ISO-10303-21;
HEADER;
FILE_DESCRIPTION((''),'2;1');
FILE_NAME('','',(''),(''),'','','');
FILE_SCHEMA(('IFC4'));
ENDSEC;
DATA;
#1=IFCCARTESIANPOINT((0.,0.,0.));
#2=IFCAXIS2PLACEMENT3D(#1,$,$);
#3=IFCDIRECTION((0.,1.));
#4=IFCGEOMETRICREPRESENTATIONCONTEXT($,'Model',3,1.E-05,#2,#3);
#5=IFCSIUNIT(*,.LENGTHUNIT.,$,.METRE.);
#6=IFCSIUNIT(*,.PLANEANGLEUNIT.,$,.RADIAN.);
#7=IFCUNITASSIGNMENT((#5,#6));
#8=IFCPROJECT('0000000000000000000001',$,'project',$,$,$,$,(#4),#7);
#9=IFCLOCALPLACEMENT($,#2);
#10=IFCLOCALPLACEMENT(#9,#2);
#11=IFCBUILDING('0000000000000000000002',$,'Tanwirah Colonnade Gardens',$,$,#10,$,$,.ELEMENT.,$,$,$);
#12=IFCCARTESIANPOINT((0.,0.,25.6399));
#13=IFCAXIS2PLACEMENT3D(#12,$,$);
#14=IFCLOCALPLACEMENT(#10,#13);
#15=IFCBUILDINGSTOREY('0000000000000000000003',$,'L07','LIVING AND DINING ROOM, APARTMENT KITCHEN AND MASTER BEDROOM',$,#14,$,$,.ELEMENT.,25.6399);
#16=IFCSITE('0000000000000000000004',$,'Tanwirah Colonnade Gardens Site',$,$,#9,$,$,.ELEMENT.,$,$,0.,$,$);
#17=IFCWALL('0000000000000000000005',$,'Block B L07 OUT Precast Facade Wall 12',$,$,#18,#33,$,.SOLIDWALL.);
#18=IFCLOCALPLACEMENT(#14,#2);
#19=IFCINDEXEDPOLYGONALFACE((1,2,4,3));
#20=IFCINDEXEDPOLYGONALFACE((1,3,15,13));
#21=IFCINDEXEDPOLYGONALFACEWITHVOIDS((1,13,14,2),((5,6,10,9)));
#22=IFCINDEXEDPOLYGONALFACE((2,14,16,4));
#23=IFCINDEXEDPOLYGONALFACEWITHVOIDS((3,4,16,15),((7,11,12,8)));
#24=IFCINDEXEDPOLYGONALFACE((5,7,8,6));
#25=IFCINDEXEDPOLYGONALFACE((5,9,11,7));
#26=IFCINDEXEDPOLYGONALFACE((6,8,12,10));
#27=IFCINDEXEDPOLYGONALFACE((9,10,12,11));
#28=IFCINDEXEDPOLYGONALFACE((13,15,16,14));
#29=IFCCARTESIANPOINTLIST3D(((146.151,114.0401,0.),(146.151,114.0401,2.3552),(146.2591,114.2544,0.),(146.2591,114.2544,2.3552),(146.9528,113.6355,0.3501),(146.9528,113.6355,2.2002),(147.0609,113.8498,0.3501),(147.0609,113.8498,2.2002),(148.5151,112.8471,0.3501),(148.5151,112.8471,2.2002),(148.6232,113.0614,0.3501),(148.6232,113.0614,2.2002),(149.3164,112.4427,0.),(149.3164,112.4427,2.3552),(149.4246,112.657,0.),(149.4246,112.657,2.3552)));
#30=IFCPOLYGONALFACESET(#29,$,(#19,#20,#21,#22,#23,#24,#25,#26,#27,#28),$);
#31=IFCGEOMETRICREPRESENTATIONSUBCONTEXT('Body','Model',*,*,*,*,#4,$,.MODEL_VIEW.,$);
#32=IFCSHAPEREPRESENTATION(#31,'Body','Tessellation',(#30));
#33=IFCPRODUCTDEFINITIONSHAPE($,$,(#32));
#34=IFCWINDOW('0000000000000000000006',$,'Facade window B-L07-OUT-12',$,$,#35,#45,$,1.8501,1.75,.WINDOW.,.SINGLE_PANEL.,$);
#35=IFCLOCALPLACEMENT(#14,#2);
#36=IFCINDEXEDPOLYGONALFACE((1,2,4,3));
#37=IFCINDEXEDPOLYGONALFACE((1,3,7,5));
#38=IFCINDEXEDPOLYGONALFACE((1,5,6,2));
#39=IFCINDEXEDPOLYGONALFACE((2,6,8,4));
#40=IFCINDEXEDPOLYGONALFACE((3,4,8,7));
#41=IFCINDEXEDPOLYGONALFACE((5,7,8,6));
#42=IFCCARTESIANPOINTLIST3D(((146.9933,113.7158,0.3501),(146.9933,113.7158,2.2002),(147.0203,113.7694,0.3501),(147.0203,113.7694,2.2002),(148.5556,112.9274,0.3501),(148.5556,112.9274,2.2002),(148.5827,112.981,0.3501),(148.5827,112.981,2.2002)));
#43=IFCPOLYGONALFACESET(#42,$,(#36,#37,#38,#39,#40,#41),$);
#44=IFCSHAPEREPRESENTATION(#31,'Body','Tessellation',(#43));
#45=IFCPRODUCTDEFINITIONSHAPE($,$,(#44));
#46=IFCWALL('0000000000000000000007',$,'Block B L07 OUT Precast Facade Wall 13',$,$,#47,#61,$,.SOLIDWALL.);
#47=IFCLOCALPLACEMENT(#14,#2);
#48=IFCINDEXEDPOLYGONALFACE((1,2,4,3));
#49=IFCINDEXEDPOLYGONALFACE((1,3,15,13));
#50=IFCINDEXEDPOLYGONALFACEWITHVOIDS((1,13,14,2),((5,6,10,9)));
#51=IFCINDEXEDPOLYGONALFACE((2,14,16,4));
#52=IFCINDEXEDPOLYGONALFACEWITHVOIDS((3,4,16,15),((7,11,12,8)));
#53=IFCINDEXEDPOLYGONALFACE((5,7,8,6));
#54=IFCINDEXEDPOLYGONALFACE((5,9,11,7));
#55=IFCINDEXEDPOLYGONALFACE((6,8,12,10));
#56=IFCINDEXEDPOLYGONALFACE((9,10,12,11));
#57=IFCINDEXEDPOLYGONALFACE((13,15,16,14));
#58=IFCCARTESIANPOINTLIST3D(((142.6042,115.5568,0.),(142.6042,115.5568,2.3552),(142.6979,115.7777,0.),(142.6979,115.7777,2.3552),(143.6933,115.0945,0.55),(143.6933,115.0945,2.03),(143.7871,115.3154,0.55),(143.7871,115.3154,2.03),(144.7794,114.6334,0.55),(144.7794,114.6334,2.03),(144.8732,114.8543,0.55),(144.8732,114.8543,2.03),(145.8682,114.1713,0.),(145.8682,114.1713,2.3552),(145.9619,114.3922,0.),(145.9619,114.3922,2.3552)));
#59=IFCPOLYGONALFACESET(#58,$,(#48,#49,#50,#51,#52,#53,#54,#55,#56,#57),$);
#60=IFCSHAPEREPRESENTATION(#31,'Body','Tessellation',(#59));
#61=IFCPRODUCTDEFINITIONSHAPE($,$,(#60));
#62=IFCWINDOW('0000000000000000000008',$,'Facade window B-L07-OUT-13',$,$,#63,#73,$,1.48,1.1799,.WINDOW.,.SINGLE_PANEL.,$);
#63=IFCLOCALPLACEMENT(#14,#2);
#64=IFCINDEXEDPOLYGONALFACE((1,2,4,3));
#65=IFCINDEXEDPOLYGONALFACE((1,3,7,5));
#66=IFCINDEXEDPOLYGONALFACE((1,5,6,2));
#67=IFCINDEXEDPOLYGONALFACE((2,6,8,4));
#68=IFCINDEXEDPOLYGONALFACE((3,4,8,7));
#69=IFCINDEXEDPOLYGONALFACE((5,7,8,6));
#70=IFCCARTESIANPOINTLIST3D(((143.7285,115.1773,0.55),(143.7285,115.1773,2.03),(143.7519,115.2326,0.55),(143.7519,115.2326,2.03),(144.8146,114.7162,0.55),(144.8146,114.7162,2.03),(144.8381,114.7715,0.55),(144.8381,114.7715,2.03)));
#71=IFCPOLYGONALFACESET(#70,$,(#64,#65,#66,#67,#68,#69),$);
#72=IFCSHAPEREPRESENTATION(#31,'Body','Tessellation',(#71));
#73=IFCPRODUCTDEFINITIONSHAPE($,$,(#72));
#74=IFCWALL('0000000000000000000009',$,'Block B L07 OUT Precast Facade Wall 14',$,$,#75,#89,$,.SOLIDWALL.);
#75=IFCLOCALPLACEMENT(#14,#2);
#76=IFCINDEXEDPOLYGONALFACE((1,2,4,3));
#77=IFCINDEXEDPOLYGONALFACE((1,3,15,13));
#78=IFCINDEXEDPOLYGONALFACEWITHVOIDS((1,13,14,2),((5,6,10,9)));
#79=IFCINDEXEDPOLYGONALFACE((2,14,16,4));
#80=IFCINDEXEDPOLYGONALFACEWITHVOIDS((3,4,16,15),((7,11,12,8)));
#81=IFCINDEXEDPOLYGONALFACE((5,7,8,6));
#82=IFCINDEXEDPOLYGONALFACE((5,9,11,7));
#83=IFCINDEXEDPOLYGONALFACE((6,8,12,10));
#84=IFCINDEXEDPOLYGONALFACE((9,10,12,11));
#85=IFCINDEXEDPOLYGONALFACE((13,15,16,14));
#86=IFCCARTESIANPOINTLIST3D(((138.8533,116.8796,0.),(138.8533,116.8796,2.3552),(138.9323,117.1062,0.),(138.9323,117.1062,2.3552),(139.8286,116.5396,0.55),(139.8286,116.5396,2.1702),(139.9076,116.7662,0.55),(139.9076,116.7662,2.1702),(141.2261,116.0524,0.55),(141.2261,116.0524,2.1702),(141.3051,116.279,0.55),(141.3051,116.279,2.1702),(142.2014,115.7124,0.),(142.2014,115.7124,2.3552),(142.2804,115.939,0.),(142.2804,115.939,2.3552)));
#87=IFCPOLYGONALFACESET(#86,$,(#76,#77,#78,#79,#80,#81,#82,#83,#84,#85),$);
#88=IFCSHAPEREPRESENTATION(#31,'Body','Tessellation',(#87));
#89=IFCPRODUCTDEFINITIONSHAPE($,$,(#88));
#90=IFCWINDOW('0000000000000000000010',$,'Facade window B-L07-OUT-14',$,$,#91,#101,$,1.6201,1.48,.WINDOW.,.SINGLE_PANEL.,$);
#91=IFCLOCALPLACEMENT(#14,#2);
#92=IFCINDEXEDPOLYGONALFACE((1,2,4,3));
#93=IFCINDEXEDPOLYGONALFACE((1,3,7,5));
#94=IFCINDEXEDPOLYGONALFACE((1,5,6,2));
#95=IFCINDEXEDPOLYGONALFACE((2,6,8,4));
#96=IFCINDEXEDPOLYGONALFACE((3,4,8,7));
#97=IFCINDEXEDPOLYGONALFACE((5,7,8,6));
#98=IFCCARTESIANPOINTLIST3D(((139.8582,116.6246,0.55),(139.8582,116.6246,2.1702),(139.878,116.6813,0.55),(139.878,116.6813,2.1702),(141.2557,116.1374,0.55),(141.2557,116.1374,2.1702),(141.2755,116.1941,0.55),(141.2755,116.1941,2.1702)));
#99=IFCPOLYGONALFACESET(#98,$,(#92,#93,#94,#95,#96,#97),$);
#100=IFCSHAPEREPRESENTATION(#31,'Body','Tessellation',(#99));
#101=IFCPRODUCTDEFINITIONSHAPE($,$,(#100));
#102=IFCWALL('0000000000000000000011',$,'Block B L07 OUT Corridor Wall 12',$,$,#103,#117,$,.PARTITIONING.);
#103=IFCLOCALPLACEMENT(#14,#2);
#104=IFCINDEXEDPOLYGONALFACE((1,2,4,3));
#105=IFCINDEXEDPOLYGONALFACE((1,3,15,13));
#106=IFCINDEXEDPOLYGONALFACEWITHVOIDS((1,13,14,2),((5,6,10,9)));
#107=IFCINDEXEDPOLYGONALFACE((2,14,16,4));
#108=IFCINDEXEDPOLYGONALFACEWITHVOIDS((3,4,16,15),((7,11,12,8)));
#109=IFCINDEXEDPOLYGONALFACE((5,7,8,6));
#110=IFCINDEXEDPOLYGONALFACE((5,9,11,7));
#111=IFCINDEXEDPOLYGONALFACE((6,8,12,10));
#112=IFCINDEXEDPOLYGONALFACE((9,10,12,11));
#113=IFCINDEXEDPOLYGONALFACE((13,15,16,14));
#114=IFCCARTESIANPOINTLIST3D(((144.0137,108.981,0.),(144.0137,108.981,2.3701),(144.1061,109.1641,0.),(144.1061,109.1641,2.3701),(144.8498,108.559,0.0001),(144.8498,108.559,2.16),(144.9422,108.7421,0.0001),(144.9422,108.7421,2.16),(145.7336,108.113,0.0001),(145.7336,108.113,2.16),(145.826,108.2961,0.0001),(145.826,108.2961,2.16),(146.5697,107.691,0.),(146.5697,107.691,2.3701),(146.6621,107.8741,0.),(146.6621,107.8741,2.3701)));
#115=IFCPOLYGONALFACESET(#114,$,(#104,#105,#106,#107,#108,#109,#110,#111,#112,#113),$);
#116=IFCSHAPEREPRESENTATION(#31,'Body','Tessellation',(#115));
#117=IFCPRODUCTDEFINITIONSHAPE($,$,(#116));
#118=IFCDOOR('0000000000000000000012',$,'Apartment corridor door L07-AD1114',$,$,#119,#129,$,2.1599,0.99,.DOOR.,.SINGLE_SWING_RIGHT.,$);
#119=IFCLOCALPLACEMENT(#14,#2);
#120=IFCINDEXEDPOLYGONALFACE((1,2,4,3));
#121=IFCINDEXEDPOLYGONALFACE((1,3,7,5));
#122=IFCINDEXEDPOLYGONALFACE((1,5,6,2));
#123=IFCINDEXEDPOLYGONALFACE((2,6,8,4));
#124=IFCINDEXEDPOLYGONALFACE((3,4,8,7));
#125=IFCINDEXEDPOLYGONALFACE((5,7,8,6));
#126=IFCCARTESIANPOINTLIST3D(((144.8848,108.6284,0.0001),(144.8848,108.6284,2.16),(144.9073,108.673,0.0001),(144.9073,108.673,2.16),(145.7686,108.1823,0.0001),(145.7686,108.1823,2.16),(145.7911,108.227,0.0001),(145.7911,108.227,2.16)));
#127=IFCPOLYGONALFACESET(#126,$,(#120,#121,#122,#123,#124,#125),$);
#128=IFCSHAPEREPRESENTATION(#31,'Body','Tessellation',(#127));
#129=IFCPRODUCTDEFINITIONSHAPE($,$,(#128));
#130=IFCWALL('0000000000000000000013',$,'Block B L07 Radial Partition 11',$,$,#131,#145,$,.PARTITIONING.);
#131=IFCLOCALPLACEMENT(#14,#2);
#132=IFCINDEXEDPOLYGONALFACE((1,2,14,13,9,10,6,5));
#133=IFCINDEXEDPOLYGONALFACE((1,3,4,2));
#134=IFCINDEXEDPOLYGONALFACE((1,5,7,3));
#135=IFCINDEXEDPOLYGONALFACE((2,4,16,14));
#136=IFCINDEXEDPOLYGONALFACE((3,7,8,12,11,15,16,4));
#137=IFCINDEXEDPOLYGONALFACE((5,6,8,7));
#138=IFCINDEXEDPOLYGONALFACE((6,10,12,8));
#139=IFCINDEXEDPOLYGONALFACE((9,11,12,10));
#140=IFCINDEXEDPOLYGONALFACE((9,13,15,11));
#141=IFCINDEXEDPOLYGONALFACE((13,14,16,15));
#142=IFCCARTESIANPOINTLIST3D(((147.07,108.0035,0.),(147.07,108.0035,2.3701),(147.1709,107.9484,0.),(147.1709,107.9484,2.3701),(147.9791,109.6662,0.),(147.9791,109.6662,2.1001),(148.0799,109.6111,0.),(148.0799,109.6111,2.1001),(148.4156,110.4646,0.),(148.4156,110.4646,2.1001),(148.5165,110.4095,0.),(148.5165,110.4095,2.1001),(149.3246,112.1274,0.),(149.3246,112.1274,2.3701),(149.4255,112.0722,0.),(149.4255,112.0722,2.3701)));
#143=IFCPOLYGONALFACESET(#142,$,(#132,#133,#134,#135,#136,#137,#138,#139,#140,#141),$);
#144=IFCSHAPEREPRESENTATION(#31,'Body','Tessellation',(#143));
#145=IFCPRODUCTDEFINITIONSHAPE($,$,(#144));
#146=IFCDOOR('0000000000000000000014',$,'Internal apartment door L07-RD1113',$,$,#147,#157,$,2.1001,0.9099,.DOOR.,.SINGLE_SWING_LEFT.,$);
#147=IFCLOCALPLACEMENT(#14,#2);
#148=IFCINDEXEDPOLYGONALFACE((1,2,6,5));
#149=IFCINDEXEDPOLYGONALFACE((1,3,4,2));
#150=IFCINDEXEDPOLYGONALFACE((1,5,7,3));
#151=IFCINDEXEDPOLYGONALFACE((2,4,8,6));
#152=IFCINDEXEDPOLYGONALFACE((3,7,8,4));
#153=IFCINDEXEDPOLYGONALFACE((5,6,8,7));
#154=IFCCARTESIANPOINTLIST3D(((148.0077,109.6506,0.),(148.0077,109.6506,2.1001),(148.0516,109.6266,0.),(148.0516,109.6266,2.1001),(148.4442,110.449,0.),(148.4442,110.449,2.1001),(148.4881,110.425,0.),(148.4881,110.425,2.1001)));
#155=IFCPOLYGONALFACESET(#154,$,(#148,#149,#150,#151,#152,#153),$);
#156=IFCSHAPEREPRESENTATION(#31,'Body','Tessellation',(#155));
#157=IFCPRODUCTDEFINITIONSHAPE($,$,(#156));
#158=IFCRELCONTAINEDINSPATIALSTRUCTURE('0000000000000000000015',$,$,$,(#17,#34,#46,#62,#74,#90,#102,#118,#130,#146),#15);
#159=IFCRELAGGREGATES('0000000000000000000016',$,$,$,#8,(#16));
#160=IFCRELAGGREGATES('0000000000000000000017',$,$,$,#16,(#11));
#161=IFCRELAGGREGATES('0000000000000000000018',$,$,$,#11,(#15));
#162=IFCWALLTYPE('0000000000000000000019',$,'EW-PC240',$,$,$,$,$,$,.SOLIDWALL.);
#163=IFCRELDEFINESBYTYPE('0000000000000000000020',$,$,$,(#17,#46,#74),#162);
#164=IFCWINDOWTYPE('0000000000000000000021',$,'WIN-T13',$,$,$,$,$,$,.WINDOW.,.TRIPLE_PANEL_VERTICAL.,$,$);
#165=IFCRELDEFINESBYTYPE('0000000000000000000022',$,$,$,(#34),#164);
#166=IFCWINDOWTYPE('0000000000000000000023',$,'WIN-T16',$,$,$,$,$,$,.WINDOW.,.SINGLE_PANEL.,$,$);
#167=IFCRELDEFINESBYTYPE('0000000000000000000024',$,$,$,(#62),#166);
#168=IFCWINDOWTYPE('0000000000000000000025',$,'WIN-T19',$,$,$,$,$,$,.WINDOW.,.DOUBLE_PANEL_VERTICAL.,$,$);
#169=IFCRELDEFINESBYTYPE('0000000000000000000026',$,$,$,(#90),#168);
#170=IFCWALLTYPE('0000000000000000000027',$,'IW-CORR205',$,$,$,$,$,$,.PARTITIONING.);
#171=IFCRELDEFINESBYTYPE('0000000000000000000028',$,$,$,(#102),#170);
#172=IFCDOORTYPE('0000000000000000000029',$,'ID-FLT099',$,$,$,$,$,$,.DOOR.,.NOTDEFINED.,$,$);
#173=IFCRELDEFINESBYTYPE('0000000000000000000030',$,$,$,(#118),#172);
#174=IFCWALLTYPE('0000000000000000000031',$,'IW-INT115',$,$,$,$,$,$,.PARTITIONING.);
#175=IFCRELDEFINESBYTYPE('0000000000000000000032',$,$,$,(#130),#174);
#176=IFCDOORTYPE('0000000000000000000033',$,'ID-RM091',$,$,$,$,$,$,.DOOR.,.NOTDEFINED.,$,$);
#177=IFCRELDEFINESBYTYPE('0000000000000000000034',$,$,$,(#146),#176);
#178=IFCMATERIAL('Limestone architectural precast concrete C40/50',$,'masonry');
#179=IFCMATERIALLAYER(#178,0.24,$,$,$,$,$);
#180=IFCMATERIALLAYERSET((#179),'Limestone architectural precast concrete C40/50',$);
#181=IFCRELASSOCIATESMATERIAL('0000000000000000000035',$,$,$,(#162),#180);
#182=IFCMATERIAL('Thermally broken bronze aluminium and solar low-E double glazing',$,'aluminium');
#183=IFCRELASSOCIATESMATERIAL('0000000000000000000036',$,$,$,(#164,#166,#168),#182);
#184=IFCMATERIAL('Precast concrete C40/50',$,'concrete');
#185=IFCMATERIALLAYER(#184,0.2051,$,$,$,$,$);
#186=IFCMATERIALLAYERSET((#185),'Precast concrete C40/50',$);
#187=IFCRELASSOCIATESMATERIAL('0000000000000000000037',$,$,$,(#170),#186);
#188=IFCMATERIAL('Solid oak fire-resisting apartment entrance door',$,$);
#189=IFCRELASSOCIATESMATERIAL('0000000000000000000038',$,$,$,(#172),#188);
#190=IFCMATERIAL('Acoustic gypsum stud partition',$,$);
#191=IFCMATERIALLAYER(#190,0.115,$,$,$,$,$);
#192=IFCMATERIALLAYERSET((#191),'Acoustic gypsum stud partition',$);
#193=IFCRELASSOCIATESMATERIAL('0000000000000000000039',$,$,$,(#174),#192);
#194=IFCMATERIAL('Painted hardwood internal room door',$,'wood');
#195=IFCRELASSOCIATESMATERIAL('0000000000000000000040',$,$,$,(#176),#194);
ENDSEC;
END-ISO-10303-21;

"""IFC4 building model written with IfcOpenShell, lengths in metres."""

from ifc_helpers import new_model, si_unit, direction, frame, frame_2d, origin, place, context, subcontext, project, spatial, rectangle, extrude, material, layer, layer_set, type_object, element, fill, save


model = new_model("IFC4")

# Units and contexts
model_context = context("Model", 3, precision=1e-05, world=origin(), true_north=direction((0.0, 1.0)))
body_context = subcontext(model_context, "Body", "Model", "MODEL_VIEW")
ifc_project = project(units=[si_unit("LENGTHUNIT", "METRE"), si_unit("PLANEANGLEUNIT", "RADIAN")], contexts=[model_context])

# Site, building, storey
site_placement = place(None, origin())
site = spatial("IfcSite", under=ifc_project, at=site_placement, Name="Tanwirah Colonnade Gardens Site", CompositionType="ELEMENT", RefElevation=0.0)
building_placement = place(site_placement, origin())
building = spatial("IfcBuilding", under=site, at=building_placement, Name="Tanwirah Colonnade Gardens", CompositionType="ELEMENT")
storey_placement = place(building_placement, frame((0.0, 0.0, 25.6399)))
storey = spatial("IfcBuildingStorey", under=building, at=storey_placement, Name="L07", Description="LIVING AND DINING ROOM, APARTMENT KITCHEN AND MASTER BEDROOM", CompositionType="ELEMENT", Elevation=25.6399)

# Shared definitions
ifc_material_1 = material(Name="Precast concrete C40/50", Category="concrete")

# Shared definitions
ifc_material_2 = material(Name="Limestone architectural precast concrete C40/50", Category="masonry")
ifc_layer_1 = layer(ifc_material_2, 0.24)
ifc_layer_set_1 = layer_set([ifc_layer_1], Name="Limestone architectural precast concrete C40/50")
wall_type_1 = type_object("IfcWallType", Name="EW-PC240", PredefinedType="SOLIDWALL", material=ifc_layer_set_1)

# Walls, openings, windows
wall_1_placement = place(storey_placement, frame((149.3706, 112.5498, 0.0), z_axis=(0.0, 0.0, 1.0), x_axis=(-0.892769, 0.450516, 0.0)))
wall_1 = element("IfcWall", 1, at=wall_1_placement, inside=storey, type_object=wall_type_1, Name="Block B L07 OUT Precast Facade Wall 12", PredefinedType="SOLIDWALL", context=body_context, shape_type="SweptSolid", body=[
    extrude(rectangle(XDim=3.5457, YDim=0.24, at=frame_2d((1.7729, 0.0))), origin(), (0.0, 0.0, 1.0), 2.3552),
])
opening_1_placement = place(wall_1_placement, frame((0.8977, 0.0, 0.3501)))
opening_1 = element("IfcOpeningElement", 2, at=opening_1_placement, cuts=wall_1, PredefinedType="OPENING", context=body_context, shape_type="SweptSolid", body=[
    extrude(rectangle(XDim=1.75, YDim=1.8501, at=frame_2d((0.875, 0.925))), frame((0.0, 0.1299, 0.0), z_axis=(0.0, -1.0, 0.0), x_axis=(1.0, 0.0, 0.0)), (0.0, 0.0, 1.0), 0.26),
])
ifc_material_3 = material(Name="Thermally broken bronze aluminium and solar low-E double glazing", Category="aluminium")
window_type_1 = type_object("IfcWindowType", Name="WIN-T13", PartitioningType="TRIPLE_PANEL_VERTICAL", PredefinedType="WINDOW", material=ifc_material_3)
window_1_placement = place(opening_1_placement, origin())
window_1 = element("IfcWindow", 3, at=window_1_placement, inside=storey, type_object=window_type_1, Name="Facade window B-L07-OUT-12", OverallHeight=1.8501, OverallWidth=1.75, PartitioningType="SINGLE_PANEL", PredefinedType="WINDOW", context=body_context, shape_type="SweptSolid", body=[
    extrude(rectangle(XDim=1.75, YDim=1.8501, at=frame_2d((0.875, 0.925))), frame((0.0, 0.03, 0.0), z_axis=(0.0, -1.0, 0.0), x_axis=(1.0, 0.0, 0.0)), (0.0, 0.0, 1.0), 0.0601),
])
fill(opening_1, window_1)
wall_2_placement = place(storey_placement, frame((145.915, 114.2817, 0.0), z_axis=(0.0, 0.0, 1.0), x_axis=(-0.9205, 0.390743, 0.0)))
wall_2 = element("IfcWall", 4, at=wall_2_placement, inside=storey, type_object=wall_type_1, Name="Block B L07 OUT Precast Facade Wall 13", PredefinedType="SOLIDWALL", context=body_context, shape_type="SweptSolid", body=[
    extrude(rectangle(XDim=3.5459, YDim=0.24, at=frame_2d((1.7729, 0.0))), origin(), (0.0, 0.0, 1.0), 2.3552),
])
opening_2_placement = place(wall_2_placement, frame((1.1829, 0.0, 0.55)))
opening_2 = element("IfcOpeningElement", 5, at=opening_2_placement, cuts=wall_2, PredefinedType="OPENING", context=body_context, shape_type="SweptSolid", body=[
    extrude(rectangle(XDim=1.1799, YDim=1.48, at=frame_2d((0.5898, 0.74))), frame((0.0, 0.1299, 0.0), z_axis=(0.0, -1.0, 0.0), x_axis=(1.0, 0.0, 0.0)), (0.0, 0.0, 1.0), 0.26),
])
window_type_2 = type_object("IfcWindowType", Name="WIN-T16", PartitioningType="SINGLE_PANEL", PredefinedType="WINDOW", material=ifc_material_3)
window_2_placement = place(opening_2_placement, origin())
window_2 = element("IfcWindow", 6, at=window_2_placement, inside=storey, type_object=window_type_2, Name="Facade window B-L07-OUT-13", OverallHeight=1.48, OverallWidth=1.1799, PartitioningType="SINGLE_PANEL", PredefinedType="WINDOW", context=body_context, shape_type="SweptSolid", body=[
    extrude(rectangle(XDim=1.1799, YDim=1.48, at=frame_2d((0.5898, 0.74))), frame((0.0, 0.03, 0.0), z_axis=(0.0, -1.0, 0.0), x_axis=(1.0, 0.0, 0.0)), (0.0, 0.0, 1.0), 0.0601),
])
fill(opening_2, window_2)
wall_3_placement = place(storey_placement, frame((142.241, 115.8257, 0.0), z_axis=(0.0, 0.0, 1.0), x_axis=(-0.944263, 0.329191, 0.0)))
wall_3 = element("IfcWall", 7, at=wall_3_placement, inside=storey, type_object=wall_type_1, Name="Block B L07 OUT Precast Facade Wall 14", PredefinedType="SOLIDWALL", context=body_context, shape_type="SweptSolid", body=[
    extrude(rectangle(XDim=3.5457, YDim=0.24, at=frame_2d((1.7729, 0.0))), origin(), (0.0, 0.0, 1.0), 2.3552),
])
opening_3_placement = place(wall_3_placement, frame((1.033, 0.0, 0.55)))
opening_3 = element("IfcOpeningElement", 8, at=opening_3_placement, cuts=wall_3, PredefinedType="OPENING", context=body_context, shape_type="SweptSolid", body=[
    extrude(rectangle(XDim=1.48, YDim=1.6201, at=frame_2d((0.74, 0.8101))), frame((0.0, 0.1299, 0.0), z_axis=(0.0, -1.0, 0.0), x_axis=(1.0, 0.0, 0.0)), (0.0, 0.0, 1.0), 0.26),
])
window_type_3 = type_object("IfcWindowType", Name="WIN-T19", PartitioningType="DOUBLE_PANEL_VERTICAL", PredefinedType="WINDOW", material=ifc_material_3)
window_3_placement = place(opening_3_placement, origin())
window_3 = element("IfcWindow", 9, at=window_3_placement, inside=storey, type_object=window_type_3, Name="Facade window B-L07-OUT-14", OverallHeight=1.6201, OverallWidth=1.48, PartitioningType="SINGLE_PANEL", PredefinedType="WINDOW", context=body_context, shape_type="SweptSolid", body=[
    extrude(rectangle(XDim=1.48, YDim=1.6201, at=frame_2d((0.74, 0.8101))), frame((0.0, 0.03, 0.0), z_axis=(0.0, -1.0, 0.0), x_axis=(1.0, 0.0, 0.0)), (0.0, 0.0, 1.0), 0.0601),
])
fill(opening_3, window_3)

# Walls, openings, doors
ifc_layer_2 = layer(ifc_material_1, 0.2051)
ifc_layer_set_2 = layer_set([ifc_layer_2], Name="Precast concrete C40/50")
wall_type_2 = type_object("IfcWallType", Name="IW-CORR205", PredefinedType="PARTITIONING", material=ifc_layer_set_2)
wall_4_placement = place(storey_placement, frame((146.616, 107.7825, 0.0), z_axis=(0.0, 0.0, 1.0), x_axis=(-0.892732, 0.450587, 0.0)))
wall_4 = element("IfcWall", 10, at=wall_4_placement, inside=storey, type_object=wall_type_2, Name="Block B L07 OUT Corridor Wall 12", PredefinedType="PARTITIONING", context=body_context, shape_type="SweptSolid", body=[
    extrude(rectangle(XDim=2.863, YDim=0.2051, at=frame_2d((1.4316, 0.0))), origin(), (0.0, 0.0, 1.0), 2.3701),
])
opening_4_placement = place(wall_4_placement, frame((0.9365, 0.0, 0.0)))
opening_4 = element("IfcOpeningElement", 11, at=opening_4_placement, cuts=wall_4, PredefinedType="OPENING", context=body_context, shape_type="SweptSolid", body=[
    extrude(rectangle(XDim=0.99, YDim=2.1599, at=frame_2d((0.4951, 1.0801))), frame((0.0, 0.1125, 0.0), z_axis=(0.0, -1.0, 0.0), x_axis=(1.0, 0.0, 0.0)), (0.0, 0.0, 1.0), 0.2251),
])
ifc_material_4 = material(Name="Solid oak fire-resisting apartment entrance door")
door_type_1 = type_object("IfcDoorType", Name="ID-FLT099", OperationType="NOTDEFINED", PredefinedType="DOOR", material=ifc_material_4)
door_1_placement = place(opening_4_placement, origin())
door_1 = element("IfcDoor", 12, at=door_1_placement, inside=storey, type_object=door_type_1, Name="Apartment corridor door L07-AD1114", OperationType="SINGLE_SWING_RIGHT", OverallHeight=2.1599, OverallWidth=0.99, PredefinedType="DOOR", context=body_context, shape_type="SweptSolid", body=[
    extrude(rectangle(XDim=0.99, YDim=2.1599, at=frame_2d((0.4951, 1.0801))), frame((0.0, 0.0249, 0.0), z_axis=(0.0, -1.0, 0.0), x_axis=(1.0, 0.0, 0.0)), (0.0, 0.0, 1.0), 0.05),
])
fill(opening_4, door_1)
ifc_material_5 = material(Name="Acoustic gypsum stud partition")
ifc_layer_3 = layer(ifc_material_5, 0.115)
ifc_layer_set_3 = layer_set([ifc_layer_3], Name="Acoustic gypsum stud partition")
wall_type_3 = type_object("IfcWallType", Name="IW-INT115", PredefinedType="PARTITIONING", material=ifc_layer_set_3)
wall_5_placement = place(storey_placement, frame((147.1204, 107.9758, 0.0), z_axis=(0.0, 0.0, 1.0), x_axis=(0.479722, 0.877421, 0.0)))
wall_5 = element("IfcWall", 13, at=wall_5_placement, inside=storey, type_object=wall_type_3, Name="Block B L07 Radial Partition 11", PredefinedType="PARTITIONING", context=body_context, shape_type="SweptSolid", body=[
    extrude(rectangle(XDim=4.7, YDim=0.115, at=frame_2d((2.3501, 0.0))), origin(), (0.0, 0.0, 1.0), 2.3701),
])
opening_5_placement = place(wall_5_placement, frame((1.895, 0.0, 0.0)))
opening_5 = element("IfcOpeningElement", 14, at=opening_5_placement, cuts=wall_5, PredefinedType="OPENING", context=body_context, shape_type="SweptSolid", body=[
    extrude(rectangle(XDim=0.9099, YDim=2.1001, at=frame_2d((0.4551, 1.05))), frame((0.0, 0.0674, 0.0), z_axis=(0.0, -1.0, 0.0), x_axis=(1.0, 0.0, 0.0)), (0.0, 0.0, 1.0), 0.135),
])
ifc_material_6 = material(Name="Painted hardwood internal room door", Category="wood")
door_type_2 = type_object("IfcDoorType", Name="ID-RM091", OperationType="NOTDEFINED", PredefinedType="DOOR", material=ifc_material_6)
door_2_placement = place(opening_5_placement, origin())
door_2 = element("IfcDoor", 15, at=door_2_placement, inside=storey, type_object=door_type_2, Name="Internal apartment door L07-RD1113", OperationType="SINGLE_SWING_LEFT", OverallHeight=2.1001, OverallWidth=0.9099, PredefinedType="DOOR", context=body_context, shape_type="SweptSolid", body=[
    extrude(rectangle(XDim=0.9099, YDim=2.1001, at=frame_2d((0.4551, 1.05))), frame((0.0, 0.0249, 0.0), z_axis=(0.0, -1.0, 0.0), x_axis=(1.0, 0.0, 0.0)), (0.0, 0.0, 1.0), 0.05),
])
fill(opening_5, door_2)

save(model, "model.ifc")
